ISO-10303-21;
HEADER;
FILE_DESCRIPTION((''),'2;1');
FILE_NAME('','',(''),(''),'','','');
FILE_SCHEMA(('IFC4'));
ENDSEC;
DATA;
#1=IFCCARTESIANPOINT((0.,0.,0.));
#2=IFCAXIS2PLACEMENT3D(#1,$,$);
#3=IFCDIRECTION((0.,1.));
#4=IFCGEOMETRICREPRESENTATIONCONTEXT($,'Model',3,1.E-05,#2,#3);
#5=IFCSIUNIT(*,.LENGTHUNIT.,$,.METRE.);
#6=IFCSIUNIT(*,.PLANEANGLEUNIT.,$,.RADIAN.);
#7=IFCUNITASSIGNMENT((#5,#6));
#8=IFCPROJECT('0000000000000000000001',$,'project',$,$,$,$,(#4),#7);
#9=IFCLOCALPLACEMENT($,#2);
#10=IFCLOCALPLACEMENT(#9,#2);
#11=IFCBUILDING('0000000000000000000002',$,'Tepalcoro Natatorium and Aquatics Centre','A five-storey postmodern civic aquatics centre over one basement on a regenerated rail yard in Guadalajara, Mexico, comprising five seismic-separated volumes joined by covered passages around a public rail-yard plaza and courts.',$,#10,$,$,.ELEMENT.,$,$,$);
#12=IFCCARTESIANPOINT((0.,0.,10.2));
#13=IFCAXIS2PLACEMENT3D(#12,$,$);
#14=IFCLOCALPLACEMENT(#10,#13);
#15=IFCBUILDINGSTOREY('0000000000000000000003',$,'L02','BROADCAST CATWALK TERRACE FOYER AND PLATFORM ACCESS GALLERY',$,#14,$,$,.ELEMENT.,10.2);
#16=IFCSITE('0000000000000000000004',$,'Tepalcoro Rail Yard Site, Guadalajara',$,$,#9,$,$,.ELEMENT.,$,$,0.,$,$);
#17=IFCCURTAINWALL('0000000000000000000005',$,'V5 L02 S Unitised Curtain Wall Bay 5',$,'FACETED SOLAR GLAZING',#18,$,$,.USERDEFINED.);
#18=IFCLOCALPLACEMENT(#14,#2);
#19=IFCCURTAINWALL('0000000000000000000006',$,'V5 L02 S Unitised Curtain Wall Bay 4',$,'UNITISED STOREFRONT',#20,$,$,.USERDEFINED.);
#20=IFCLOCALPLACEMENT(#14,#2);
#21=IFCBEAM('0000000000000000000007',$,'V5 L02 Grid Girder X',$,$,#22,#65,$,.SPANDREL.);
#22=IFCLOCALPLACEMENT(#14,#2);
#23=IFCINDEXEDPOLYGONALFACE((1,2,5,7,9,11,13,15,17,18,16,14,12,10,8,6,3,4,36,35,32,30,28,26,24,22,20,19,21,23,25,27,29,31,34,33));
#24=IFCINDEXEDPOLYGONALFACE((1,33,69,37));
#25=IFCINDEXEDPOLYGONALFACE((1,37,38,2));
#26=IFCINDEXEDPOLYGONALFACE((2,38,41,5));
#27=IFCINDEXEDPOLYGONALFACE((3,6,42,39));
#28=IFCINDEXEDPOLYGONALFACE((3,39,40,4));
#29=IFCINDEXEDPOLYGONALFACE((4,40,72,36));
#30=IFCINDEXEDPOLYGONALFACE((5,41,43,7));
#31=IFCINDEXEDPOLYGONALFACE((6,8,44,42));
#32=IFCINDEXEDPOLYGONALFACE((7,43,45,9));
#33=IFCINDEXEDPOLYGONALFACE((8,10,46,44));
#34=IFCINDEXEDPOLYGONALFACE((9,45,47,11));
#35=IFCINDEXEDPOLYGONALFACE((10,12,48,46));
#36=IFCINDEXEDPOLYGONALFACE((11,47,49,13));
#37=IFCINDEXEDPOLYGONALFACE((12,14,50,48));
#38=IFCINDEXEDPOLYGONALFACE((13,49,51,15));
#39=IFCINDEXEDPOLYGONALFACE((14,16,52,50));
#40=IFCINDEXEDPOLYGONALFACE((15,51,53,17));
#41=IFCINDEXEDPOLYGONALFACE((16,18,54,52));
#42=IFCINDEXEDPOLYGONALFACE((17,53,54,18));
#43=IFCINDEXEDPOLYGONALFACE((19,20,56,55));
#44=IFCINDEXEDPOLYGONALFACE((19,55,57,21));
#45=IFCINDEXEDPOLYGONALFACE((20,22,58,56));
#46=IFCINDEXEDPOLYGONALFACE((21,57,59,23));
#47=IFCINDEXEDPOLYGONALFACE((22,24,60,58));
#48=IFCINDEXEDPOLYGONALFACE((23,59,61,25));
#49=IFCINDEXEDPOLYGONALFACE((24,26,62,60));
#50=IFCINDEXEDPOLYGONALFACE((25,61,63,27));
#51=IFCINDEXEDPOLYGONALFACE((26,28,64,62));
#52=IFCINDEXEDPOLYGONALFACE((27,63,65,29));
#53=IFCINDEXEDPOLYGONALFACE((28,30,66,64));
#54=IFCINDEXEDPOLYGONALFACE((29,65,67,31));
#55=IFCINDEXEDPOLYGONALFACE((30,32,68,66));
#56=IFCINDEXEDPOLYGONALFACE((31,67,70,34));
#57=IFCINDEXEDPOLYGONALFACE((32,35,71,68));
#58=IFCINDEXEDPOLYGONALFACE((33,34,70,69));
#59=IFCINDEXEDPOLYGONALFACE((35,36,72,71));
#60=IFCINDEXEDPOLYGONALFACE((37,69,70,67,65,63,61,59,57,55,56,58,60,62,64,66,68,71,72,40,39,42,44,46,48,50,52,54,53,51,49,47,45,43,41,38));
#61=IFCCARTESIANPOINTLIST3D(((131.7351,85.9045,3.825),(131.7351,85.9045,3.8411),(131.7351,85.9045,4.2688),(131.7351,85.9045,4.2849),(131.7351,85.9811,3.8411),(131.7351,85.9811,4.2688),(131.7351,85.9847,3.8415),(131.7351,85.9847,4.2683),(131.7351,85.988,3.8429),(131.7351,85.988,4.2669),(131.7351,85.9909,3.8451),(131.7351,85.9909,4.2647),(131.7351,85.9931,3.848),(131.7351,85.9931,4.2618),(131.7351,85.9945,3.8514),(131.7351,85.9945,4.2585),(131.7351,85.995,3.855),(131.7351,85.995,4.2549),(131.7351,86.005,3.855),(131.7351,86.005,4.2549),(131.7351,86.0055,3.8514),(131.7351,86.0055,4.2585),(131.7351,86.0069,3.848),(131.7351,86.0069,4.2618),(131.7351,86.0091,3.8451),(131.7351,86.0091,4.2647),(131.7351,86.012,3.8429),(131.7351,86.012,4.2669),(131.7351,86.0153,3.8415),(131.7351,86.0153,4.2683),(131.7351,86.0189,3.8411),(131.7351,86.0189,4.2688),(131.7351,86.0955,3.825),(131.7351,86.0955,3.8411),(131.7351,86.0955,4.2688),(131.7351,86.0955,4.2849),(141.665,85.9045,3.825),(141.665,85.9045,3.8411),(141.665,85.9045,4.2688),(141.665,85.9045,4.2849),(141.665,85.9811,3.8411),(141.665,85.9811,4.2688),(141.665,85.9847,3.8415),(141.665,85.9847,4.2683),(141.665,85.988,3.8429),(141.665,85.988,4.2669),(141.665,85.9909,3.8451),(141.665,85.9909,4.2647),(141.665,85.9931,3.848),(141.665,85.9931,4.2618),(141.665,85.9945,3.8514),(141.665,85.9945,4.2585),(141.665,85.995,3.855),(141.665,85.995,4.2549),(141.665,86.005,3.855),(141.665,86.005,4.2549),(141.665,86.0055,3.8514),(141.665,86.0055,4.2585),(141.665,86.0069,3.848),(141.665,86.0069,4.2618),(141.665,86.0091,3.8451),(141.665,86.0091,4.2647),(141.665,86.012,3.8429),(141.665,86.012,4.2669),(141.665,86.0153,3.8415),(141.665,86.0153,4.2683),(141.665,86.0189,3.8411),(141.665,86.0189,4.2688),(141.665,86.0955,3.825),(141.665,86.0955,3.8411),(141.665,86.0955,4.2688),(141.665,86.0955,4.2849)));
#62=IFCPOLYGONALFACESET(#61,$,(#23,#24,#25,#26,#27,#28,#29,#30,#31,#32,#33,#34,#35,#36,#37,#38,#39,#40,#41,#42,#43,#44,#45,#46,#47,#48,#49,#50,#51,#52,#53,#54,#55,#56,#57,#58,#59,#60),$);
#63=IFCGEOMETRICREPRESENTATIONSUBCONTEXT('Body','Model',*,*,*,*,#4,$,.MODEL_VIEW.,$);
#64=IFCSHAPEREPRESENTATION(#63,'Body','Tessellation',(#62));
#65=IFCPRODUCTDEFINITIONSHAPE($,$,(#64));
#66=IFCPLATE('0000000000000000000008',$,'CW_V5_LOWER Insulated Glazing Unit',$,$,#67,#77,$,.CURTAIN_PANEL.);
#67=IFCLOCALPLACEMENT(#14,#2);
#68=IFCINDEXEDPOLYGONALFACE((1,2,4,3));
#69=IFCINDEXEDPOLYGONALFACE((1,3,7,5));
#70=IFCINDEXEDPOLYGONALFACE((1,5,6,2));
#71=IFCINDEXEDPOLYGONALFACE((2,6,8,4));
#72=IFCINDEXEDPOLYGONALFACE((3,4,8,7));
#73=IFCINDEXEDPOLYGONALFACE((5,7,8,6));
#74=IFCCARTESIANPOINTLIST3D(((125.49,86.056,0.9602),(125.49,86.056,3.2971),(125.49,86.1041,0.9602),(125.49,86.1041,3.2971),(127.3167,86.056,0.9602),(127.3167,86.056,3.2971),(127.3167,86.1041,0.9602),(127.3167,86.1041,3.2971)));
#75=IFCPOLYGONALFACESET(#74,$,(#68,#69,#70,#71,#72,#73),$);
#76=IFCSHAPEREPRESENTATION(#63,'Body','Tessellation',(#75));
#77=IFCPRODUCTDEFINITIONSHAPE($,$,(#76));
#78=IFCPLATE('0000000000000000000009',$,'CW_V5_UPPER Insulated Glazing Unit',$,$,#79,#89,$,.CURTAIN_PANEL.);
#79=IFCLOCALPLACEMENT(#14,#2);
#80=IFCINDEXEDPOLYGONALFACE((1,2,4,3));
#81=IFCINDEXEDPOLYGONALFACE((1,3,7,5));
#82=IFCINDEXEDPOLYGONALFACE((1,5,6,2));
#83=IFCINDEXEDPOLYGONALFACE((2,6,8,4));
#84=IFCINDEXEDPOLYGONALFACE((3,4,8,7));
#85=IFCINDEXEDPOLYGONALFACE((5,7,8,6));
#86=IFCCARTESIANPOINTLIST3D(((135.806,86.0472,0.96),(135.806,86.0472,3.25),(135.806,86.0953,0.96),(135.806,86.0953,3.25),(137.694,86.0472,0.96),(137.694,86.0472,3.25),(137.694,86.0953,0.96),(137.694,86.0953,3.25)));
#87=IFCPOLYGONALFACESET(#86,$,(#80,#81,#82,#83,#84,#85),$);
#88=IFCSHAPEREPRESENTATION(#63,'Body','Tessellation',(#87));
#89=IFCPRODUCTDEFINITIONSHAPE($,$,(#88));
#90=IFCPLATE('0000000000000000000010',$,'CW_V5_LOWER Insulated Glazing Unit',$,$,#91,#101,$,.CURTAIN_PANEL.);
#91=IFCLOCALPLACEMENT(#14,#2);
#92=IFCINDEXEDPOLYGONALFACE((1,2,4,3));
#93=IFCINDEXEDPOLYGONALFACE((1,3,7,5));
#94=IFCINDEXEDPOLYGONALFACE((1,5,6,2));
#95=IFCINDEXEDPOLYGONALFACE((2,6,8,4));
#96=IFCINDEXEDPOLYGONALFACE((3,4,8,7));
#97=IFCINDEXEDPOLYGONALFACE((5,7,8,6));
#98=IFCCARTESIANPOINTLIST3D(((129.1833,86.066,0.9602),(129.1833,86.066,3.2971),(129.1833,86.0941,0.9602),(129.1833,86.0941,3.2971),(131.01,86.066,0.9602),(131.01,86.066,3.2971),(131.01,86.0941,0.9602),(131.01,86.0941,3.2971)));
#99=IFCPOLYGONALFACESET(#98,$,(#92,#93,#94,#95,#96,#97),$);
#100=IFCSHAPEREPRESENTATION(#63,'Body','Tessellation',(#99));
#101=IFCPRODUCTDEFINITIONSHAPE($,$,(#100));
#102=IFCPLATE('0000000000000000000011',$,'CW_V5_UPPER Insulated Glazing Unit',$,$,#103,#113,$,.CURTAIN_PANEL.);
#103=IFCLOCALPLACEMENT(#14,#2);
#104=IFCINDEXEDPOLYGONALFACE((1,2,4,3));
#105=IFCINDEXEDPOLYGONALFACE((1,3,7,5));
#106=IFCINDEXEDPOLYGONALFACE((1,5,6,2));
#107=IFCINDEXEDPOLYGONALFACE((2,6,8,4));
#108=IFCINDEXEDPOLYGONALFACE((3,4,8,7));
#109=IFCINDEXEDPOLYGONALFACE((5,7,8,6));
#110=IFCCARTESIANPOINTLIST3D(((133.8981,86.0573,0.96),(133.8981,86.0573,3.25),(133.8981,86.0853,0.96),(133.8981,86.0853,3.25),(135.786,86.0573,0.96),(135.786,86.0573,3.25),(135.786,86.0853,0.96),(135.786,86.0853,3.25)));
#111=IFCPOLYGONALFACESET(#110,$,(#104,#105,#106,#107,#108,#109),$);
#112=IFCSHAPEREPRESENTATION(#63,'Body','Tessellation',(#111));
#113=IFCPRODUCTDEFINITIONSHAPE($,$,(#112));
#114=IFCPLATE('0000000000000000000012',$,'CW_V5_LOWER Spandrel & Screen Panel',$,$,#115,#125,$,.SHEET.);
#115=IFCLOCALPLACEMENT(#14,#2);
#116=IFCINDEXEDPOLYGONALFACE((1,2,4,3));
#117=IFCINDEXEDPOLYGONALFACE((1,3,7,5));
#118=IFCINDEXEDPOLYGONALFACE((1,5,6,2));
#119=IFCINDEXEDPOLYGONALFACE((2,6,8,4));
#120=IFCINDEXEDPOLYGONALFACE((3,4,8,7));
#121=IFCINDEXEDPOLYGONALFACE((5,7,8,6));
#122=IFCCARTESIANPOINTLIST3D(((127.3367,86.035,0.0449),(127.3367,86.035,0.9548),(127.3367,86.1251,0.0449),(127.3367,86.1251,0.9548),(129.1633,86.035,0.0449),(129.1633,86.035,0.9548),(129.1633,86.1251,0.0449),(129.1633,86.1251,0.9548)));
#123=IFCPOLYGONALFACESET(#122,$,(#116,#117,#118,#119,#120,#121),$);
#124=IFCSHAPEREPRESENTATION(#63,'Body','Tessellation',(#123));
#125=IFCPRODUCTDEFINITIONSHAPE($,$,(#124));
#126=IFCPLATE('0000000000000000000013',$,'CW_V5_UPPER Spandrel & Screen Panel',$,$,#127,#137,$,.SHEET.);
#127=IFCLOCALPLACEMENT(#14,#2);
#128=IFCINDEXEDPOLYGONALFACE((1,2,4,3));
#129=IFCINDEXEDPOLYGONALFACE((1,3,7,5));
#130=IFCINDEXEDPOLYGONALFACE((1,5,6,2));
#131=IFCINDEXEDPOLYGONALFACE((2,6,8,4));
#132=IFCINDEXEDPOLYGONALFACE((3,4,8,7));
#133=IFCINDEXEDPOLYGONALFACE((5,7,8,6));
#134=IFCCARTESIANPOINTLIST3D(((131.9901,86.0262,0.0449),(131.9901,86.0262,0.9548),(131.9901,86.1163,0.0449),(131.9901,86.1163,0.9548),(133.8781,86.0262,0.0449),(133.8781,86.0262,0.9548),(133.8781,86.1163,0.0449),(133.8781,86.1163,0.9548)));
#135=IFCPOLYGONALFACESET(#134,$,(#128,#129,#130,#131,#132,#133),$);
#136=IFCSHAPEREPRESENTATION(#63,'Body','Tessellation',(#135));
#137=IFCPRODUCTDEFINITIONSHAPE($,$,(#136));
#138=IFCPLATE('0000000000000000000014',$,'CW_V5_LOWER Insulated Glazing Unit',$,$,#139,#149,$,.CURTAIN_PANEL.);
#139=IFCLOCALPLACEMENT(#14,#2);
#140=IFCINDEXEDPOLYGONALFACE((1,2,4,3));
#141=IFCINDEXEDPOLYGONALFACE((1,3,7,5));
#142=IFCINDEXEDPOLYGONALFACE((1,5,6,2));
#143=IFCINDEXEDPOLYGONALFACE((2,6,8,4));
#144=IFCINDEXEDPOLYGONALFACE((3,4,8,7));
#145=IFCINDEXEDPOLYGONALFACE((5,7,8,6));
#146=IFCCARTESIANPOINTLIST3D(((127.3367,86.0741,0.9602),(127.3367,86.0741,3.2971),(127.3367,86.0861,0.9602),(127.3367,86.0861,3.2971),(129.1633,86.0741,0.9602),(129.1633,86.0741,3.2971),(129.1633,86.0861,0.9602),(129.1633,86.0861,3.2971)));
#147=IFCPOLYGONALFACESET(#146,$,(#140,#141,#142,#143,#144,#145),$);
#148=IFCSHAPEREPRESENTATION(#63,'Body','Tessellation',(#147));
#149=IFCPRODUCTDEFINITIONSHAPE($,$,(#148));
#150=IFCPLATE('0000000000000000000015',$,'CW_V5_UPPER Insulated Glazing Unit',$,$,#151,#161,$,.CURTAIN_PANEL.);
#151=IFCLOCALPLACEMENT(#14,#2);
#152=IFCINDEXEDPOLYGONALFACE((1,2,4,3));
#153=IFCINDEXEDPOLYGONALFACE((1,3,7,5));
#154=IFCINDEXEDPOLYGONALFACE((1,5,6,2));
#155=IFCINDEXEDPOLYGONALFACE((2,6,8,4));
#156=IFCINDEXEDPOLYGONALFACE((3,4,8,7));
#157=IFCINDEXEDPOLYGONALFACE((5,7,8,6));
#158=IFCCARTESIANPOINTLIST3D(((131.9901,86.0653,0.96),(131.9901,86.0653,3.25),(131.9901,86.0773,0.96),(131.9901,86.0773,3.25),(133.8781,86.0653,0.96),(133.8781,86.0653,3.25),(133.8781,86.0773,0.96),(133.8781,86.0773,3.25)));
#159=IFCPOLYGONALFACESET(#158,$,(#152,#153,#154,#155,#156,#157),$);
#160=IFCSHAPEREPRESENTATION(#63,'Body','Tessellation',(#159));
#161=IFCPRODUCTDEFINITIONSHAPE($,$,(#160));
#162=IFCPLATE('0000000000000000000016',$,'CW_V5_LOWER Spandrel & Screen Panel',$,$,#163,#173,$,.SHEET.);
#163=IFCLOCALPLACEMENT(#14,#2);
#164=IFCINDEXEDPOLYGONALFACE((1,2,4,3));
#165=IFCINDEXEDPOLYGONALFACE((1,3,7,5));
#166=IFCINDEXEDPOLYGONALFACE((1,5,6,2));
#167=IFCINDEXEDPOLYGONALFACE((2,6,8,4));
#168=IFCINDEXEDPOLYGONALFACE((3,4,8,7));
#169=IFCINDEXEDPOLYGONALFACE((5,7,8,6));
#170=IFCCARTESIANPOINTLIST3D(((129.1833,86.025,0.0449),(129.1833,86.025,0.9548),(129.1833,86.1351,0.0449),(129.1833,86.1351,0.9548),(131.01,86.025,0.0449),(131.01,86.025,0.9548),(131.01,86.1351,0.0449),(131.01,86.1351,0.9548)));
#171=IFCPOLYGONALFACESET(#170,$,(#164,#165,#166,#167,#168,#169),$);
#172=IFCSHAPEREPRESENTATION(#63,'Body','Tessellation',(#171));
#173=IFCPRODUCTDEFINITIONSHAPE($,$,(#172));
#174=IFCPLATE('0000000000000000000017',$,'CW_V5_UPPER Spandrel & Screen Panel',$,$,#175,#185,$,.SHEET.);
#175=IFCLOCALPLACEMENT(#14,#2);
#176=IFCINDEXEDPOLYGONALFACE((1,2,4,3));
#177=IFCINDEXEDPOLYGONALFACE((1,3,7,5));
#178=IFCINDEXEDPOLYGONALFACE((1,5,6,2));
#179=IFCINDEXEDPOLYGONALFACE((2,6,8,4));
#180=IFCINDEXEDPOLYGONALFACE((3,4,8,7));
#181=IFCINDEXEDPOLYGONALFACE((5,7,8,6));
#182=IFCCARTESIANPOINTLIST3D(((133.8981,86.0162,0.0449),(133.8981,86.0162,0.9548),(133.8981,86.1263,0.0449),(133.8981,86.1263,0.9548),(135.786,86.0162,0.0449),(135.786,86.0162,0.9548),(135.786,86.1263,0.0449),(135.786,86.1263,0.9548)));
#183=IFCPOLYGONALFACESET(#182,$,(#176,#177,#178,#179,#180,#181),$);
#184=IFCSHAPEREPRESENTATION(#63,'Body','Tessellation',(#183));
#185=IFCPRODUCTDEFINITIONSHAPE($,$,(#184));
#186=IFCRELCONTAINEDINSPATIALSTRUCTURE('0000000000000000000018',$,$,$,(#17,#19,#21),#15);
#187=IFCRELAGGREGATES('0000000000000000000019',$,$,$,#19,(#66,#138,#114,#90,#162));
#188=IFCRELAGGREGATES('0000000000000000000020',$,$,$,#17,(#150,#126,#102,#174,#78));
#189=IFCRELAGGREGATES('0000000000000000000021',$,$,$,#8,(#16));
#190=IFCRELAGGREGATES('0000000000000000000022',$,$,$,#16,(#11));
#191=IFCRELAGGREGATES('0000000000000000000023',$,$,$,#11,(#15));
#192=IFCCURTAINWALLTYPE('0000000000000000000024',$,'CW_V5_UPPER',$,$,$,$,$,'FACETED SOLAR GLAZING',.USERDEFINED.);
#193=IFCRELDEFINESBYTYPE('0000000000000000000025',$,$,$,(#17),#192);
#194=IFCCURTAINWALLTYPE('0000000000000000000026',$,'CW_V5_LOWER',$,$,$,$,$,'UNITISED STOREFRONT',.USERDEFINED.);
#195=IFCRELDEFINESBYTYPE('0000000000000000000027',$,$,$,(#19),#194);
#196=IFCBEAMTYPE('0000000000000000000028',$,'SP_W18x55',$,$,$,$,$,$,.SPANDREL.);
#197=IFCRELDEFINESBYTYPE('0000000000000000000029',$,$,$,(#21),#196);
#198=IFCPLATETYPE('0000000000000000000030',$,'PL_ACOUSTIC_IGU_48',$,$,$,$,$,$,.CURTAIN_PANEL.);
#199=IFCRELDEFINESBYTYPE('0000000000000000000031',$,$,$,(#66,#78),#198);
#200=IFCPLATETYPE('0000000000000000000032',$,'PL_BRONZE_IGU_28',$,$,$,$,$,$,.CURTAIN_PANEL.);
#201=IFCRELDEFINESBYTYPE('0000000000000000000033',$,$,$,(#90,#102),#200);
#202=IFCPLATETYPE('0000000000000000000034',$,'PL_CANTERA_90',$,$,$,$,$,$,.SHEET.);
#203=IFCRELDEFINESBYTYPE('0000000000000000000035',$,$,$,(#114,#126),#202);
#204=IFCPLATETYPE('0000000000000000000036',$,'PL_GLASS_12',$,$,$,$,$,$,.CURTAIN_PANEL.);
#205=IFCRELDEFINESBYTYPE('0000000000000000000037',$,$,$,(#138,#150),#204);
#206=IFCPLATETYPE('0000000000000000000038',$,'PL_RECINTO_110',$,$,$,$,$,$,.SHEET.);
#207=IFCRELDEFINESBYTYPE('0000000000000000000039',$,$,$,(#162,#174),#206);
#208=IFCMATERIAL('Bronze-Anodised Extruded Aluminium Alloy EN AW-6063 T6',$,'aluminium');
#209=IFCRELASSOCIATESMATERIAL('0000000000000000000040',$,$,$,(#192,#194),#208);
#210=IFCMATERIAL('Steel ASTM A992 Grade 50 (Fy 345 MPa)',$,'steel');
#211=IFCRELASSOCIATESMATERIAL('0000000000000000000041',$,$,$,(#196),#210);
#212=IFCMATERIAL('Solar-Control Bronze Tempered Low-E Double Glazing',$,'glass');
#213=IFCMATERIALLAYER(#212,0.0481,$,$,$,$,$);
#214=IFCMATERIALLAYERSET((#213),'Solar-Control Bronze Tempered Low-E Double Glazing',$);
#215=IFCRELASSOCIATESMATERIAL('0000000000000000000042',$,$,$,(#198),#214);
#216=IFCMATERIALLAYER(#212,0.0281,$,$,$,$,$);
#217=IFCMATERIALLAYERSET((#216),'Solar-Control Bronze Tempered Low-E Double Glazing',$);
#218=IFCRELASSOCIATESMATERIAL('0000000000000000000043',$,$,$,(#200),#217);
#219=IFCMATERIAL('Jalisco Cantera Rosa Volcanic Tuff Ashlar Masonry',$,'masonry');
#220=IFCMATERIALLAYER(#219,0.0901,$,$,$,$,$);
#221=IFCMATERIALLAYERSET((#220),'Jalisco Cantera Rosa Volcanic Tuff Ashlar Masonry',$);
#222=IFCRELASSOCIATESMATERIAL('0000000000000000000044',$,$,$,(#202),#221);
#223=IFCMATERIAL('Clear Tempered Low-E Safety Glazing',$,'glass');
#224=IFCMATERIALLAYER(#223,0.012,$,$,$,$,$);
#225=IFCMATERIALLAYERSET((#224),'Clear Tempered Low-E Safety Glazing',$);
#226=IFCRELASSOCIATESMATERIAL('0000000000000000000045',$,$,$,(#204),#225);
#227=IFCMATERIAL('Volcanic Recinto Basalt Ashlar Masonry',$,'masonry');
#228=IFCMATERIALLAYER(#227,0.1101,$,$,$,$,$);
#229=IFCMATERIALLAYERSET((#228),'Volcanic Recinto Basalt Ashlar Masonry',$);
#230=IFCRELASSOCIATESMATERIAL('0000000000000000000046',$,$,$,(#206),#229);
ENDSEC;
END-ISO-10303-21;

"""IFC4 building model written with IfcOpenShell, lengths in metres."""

from ifc_helpers import new_model, si_unit, direction, frame, origin, origin_2d, place, context, subcontext, project, spatial, rectangle, i_section, extrude, material, layer, layer_set, material_profile, profile_set, type_object, element, aggregate, save


model = new_model("IFC4")

# Units and contexts
model_context = context("Model", 3, precision=1e-05, world=origin(), true_north=direction((0.0, 1.0)))
body_context = subcontext(model_context, "Body", "Model", "MODEL_VIEW")
ifc_project = project(units=[si_unit("LENGTHUNIT", "METRE"), si_unit("PLANEANGLEUNIT", "RADIAN")], contexts=[model_context])

# Site, building, storey
site_placement = place(None, origin())
site = spatial("IfcSite", under=ifc_project, at=site_placement, Name="Tepalcoro Rail Yard Site, Guadalajara", CompositionType="ELEMENT", RefElevation=0.0)
building_placement = place(site_placement, origin())
building = spatial("IfcBuilding", under=site, at=building_placement, Name="Tepalcoro Natatorium and Aquatics Centre", Description="A five-storey postmodern civic aquatics centre over one basement on a regenerated rail yard in Guadalajara, Mexico, comprising five seismic-separated volumes joined by covered passages around a public rail-yard plaza and courts.", CompositionType="ELEMENT")
storey_placement = place(building_placement, frame((0.0, 0.0, 10.2)))
storey = spatial("IfcBuildingStorey", under=building, at=storey_placement, Name="L02", Description="BROADCAST CATWALK TERRACE FOYER AND PLATFORM ACCESS GALLERY", CompositionType="ELEMENT", Elevation=10.2)

# Shared definitions
ifc_material_1 = material(Name="Steel ASTM A992 Grade 50 (Fy 345 MPa)", Category="steel")

# Curtain walls
ifc_material_2 = material(Name="Bronze-Anodised Extruded Aluminium Alloy EN AW-6063 T6", Category="aluminium")
curtain_wall_type_1 = type_object("IfcCurtainWallType", Name="CW_V5_UPPER", ElementType="FACETED SOLAR GLAZING", PredefinedType="USERDEFINED", material=ifc_material_2)
curtain_wall_1_placement = place(storey_placement, origin())
curtain_wall_1 = element("IfcCurtainWall", 1, at=curtain_wall_1_placement, inside=storey, type_object=curtain_wall_type_1, Name="V5 L02 S Unitised Curtain Wall Bay 5", ObjectType="FACETED SOLAR GLAZING", PredefinedType="USERDEFINED")
curtain_wall_type_2 = type_object("IfcCurtainWallType", Name="CW_V5_LOWER", ElementType="UNITISED STOREFRONT", PredefinedType="USERDEFINED", material=ifc_material_2)
curtain_wall_2_placement = place(storey_placement, origin())
curtain_wall_2 = element("IfcCurtainWall", 2, at=curtain_wall_2_placement, inside=storey, type_object=curtain_wall_type_2, Name="V5 L02 S Unitised Curtain Wall Bay 4", ObjectType="UNITISED STOREFRONT", PredefinedType="USERDEFINED")

# Beam
ifc_material_profile_1 = material_profile(ifc_material_1, i_section(OverallWidth=0.1909, OverallDepth=0.46, WebThickness=0.01, FlangeThickness=0.0161, FilletRadius=0.0139, at=origin_2d()), Name="W18X55")
ifc_profile_set_1 = profile_set([ifc_material_profile_1], Name="Steel ASTM A992 Grade 50 (Fy 345 MPa)")
beam_type_1 = type_object("IfcBeamType", Name="SP_W18x55", PredefinedType="SPANDREL", material=ifc_profile_set_1)
beam_1_placement = place(storey_placement, frame((131.7351, 86.0, 4.0549), z_axis=(1.0, 0.0, 0.0), x_axis=(0.0, 1.0, 0.0)))
element("IfcBeam", 3, at=beam_1_placement, inside=storey, type_object=beam_type_1, Name="V5 L02 Grid Girder X", PredefinedType="SPANDREL", context=body_context, shape_type="SweptSolid", body=[
    extrude(i_section(OverallWidth=0.1909, OverallDepth=0.46, WebThickness=0.01, FlangeThickness=0.0161, FilletRadius=0.0139, at=origin_2d()), origin(), (0.0, 0.0, 1.0), 9.9299),
])

# Plates
ifc_material_3 = material(Name="Solar-Control Bronze Tempered Low-E Double Glazing", Category="glass")
ifc_layer_1 = layer(ifc_material_3, 0.0481)
ifc_layer_set_1 = layer_set([ifc_layer_1], Name="Solar-Control Bronze Tempered Low-E Double Glazing")
plate_type_1 = type_object("IfcPlateType", Name="PL_ACOUSTIC_IGU_48", PredefinedType="CURTAIN_PANEL", material=ifc_layer_set_1)
plate_1_placement = place(storey_placement, frame((126.4033, 86.0801, 0.9602), z_axis=(0.0, 0.0, 1.0), x_axis=(1.0, 0.0, 0.0)))
plate_1 = element("IfcPlate", 4, at=plate_1_placement, type_object=plate_type_1, Name="CW_V5_LOWER Insulated Glazing Unit", PredefinedType="CURTAIN_PANEL", context=body_context, shape_type="SweptSolid", body=[
    extrude(rectangle(XDim=1.8267, YDim=0.0481, at=origin_2d()), origin(), (0.0, 0.0, 1.0), 2.3369),
])
plate_2_placement = place(storey_placement, frame((136.75, 86.0713, 0.96), z_axis=(0.0, 0.0, 1.0), x_axis=(1.0, 0.0, 0.0)))
plate_2 = element("IfcPlate", 5, at=plate_2_placement, type_object=plate_type_1, Name="CW_V5_UPPER Insulated Glazing Unit", PredefinedType="CURTAIN_PANEL", context=body_context, shape_type="SweptSolid", body=[
    extrude(rectangle(XDim=1.8879, YDim=0.0481, at=origin_2d()), origin(), (0.0, 0.0, 1.0), 2.29),
])
ifc_layer_2 = layer(ifc_material_3, 0.0281)
ifc_layer_set_2 = layer_set([ifc_layer_2], Name="Solar-Control Bronze Tempered Low-E Double Glazing")
plate_type_2 = type_object("IfcPlateType", Name="PL_BRONZE_IGU_28", PredefinedType="CURTAIN_PANEL", material=ifc_layer_set_2)
plate_3_placement = place(storey_placement, frame((130.0967, 86.0801, 0.9602), z_axis=(0.0, 0.0, 1.0), x_axis=(1.0, 0.0, 0.0)))
plate_3 = element("IfcPlate", 6, at=plate_3_placement, type_object=plate_type_2, Name="CW_V5_LOWER Insulated Glazing Unit", PredefinedType="CURTAIN_PANEL", context=body_context, shape_type="SweptSolid", body=[
    extrude(rectangle(XDim=1.8267, YDim=0.0281, at=origin_2d()), origin(), (0.0, 0.0, 1.0), 2.3369),
])
plate_4_placement = place(storey_placement, frame((134.842, 86.0713, 0.96), z_axis=(0.0, 0.0, 1.0), x_axis=(1.0, 0.0, 0.0)))
plate_4 = element("IfcPlate", 7, at=plate_4_placement, type_object=plate_type_2, Name="CW_V5_UPPER Insulated Glazing Unit", PredefinedType="CURTAIN_PANEL", context=body_context, shape_type="SweptSolid", body=[
    extrude(rectangle(XDim=1.8879, YDim=0.0281, at=origin_2d()), origin(), (0.0, 0.0, 1.0), 2.29),
])
ifc_material_4 = material(Name="Jalisco Cantera Rosa Volcanic Tuff Ashlar Masonry", Category="masonry")
ifc_layer_3 = layer(ifc_material_4, 0.0901)
ifc_layer_set_3 = layer_set([ifc_layer_3], Name="Jalisco Cantera Rosa Volcanic Tuff Ashlar Masonry")
plate_type_3 = type_object("IfcPlateType", Name="PL_CANTERA_90", PredefinedType="SHEET", material=ifc_layer_set_3)
plate_5_placement = place(storey_placement, frame((128.25, 86.0801, 0.0449), z_axis=(0.0, 0.0, 1.0), x_axis=(1.0, 0.0, 0.0)))
plate_5 = element("IfcPlate", 8, at=plate_5_placement, type_object=plate_type_3, Name="CW_V5_LOWER Spandrel & Screen Panel", PredefinedType="SHEET", context=body_context, shape_type="SweptSolid", body=[
    extrude(rectangle(XDim=1.8267, YDim=0.0901, at=origin_2d()), origin(), (0.0, 0.0, 1.0), 0.9099),
])
plate_6_placement = place(storey_placement, frame((132.9341, 86.0713, 0.0449), z_axis=(0.0, 0.0, 1.0), x_axis=(1.0, 0.0, 0.0)))
plate_6 = element("IfcPlate", 9, at=plate_6_placement, type_object=plate_type_3, Name="CW_V5_UPPER Spandrel & Screen Panel", PredefinedType="SHEET", context=body_context, shape_type="SweptSolid", body=[
    extrude(rectangle(XDim=1.8879, YDim=0.0901, at=origin_2d()), origin(), (0.0, 0.0, 1.0), 0.9099),
])
ifc_material_5 = material(Name="Clear Tempered Low-E Safety Glazing", Category="glass")
ifc_layer_4 = layer(ifc_material_5, 0.012)
ifc_layer_set_4 = layer_set([ifc_layer_4], Name="Clear Tempered Low-E Safety Glazing")
plate_type_4 = type_object("IfcPlateType", Name="PL_GLASS_12", PredefinedType="CURTAIN_PANEL", material=ifc_layer_set_4)
plate_7_placement = place(storey_placement, frame((128.25, 86.0801, 0.9602), z_axis=(0.0, 0.0, 1.0), x_axis=(1.0, 0.0, 0.0)))
plate_7 = element("IfcPlate", 10, at=plate_7_placement, type_object=plate_type_4, Name="CW_V5_LOWER Insulated Glazing Unit", PredefinedType="CURTAIN_PANEL", context=body_context, shape_type="SweptSolid", body=[
    extrude(rectangle(XDim=1.8267, YDim=0.012, at=origin_2d()), origin(), (0.0, 0.0, 1.0), 2.3369),
])
plate_8_placement = place(storey_placement, frame((132.9341, 86.0713, 0.96), z_axis=(0.0, 0.0, 1.0), x_axis=(1.0, 0.0, 0.0)))
plate_8 = element("IfcPlate", 11, at=plate_8_placement, type_object=plate_type_4, Name="CW_V5_UPPER Insulated Glazing Unit", PredefinedType="CURTAIN_PANEL", context=body_context, shape_type="SweptSolid", body=[
    extrude(rectangle(XDim=1.8879, YDim=0.012, at=origin_2d()), origin(), (0.0, 0.0, 1.0), 2.29),
])
ifc_material_6 = material(Name="Volcanic Recinto Basalt Ashlar Masonry", Category="masonry")
ifc_layer_5 = layer(ifc_material_6, 0.1101)
ifc_layer_set_5 = layer_set([ifc_layer_5], Name="Volcanic Recinto Basalt Ashlar Masonry")
plate_type_5 = type_object("IfcPlateType", Name="PL_RECINTO_110", PredefinedType="SHEET", material=ifc_layer_set_5)
plate_9_placement = place(storey_placement, frame((130.0967, 86.0801, 0.0449), z_axis=(0.0, 0.0, 1.0), x_axis=(1.0, 0.0, 0.0)))
plate_9 = element("IfcPlate", 12, at=plate_9_placement, type_object=plate_type_5, Name="CW_V5_LOWER Spandrel & Screen Panel", PredefinedType="SHEET", context=body_context, shape_type="SweptSolid", body=[
    extrude(rectangle(XDim=1.8267, YDim=0.1101, at=origin_2d()), origin(), (0.0, 0.0, 1.0), 0.9099),
])
plate_10_placement = place(storey_placement, frame((134.842, 86.0713, 0.0449), z_axis=(0.0, 0.0, 1.0), x_axis=(1.0, 0.0, 0.0)))
plate_10 = element("IfcPlate", 13, at=plate_10_placement, type_object=plate_type_5, Name="CW_V5_UPPER Spandrel & Screen Panel", PredefinedType="SHEET", context=body_context, shape_type="SweptSolid", body=[
    extrude(rectangle(XDim=1.8879, YDim=0.1101, at=origin_2d()), origin(), (0.0, 0.0, 1.0), 0.9099),
])
aggregate(curtain_wall_2, [plate_1, plate_7, plate_5, plate_3, plate_9])
aggregate(curtain_wall_1, [plate_8, plate_6, plate_4, plate_10, plate_2])

save(model, "model.ifc")
